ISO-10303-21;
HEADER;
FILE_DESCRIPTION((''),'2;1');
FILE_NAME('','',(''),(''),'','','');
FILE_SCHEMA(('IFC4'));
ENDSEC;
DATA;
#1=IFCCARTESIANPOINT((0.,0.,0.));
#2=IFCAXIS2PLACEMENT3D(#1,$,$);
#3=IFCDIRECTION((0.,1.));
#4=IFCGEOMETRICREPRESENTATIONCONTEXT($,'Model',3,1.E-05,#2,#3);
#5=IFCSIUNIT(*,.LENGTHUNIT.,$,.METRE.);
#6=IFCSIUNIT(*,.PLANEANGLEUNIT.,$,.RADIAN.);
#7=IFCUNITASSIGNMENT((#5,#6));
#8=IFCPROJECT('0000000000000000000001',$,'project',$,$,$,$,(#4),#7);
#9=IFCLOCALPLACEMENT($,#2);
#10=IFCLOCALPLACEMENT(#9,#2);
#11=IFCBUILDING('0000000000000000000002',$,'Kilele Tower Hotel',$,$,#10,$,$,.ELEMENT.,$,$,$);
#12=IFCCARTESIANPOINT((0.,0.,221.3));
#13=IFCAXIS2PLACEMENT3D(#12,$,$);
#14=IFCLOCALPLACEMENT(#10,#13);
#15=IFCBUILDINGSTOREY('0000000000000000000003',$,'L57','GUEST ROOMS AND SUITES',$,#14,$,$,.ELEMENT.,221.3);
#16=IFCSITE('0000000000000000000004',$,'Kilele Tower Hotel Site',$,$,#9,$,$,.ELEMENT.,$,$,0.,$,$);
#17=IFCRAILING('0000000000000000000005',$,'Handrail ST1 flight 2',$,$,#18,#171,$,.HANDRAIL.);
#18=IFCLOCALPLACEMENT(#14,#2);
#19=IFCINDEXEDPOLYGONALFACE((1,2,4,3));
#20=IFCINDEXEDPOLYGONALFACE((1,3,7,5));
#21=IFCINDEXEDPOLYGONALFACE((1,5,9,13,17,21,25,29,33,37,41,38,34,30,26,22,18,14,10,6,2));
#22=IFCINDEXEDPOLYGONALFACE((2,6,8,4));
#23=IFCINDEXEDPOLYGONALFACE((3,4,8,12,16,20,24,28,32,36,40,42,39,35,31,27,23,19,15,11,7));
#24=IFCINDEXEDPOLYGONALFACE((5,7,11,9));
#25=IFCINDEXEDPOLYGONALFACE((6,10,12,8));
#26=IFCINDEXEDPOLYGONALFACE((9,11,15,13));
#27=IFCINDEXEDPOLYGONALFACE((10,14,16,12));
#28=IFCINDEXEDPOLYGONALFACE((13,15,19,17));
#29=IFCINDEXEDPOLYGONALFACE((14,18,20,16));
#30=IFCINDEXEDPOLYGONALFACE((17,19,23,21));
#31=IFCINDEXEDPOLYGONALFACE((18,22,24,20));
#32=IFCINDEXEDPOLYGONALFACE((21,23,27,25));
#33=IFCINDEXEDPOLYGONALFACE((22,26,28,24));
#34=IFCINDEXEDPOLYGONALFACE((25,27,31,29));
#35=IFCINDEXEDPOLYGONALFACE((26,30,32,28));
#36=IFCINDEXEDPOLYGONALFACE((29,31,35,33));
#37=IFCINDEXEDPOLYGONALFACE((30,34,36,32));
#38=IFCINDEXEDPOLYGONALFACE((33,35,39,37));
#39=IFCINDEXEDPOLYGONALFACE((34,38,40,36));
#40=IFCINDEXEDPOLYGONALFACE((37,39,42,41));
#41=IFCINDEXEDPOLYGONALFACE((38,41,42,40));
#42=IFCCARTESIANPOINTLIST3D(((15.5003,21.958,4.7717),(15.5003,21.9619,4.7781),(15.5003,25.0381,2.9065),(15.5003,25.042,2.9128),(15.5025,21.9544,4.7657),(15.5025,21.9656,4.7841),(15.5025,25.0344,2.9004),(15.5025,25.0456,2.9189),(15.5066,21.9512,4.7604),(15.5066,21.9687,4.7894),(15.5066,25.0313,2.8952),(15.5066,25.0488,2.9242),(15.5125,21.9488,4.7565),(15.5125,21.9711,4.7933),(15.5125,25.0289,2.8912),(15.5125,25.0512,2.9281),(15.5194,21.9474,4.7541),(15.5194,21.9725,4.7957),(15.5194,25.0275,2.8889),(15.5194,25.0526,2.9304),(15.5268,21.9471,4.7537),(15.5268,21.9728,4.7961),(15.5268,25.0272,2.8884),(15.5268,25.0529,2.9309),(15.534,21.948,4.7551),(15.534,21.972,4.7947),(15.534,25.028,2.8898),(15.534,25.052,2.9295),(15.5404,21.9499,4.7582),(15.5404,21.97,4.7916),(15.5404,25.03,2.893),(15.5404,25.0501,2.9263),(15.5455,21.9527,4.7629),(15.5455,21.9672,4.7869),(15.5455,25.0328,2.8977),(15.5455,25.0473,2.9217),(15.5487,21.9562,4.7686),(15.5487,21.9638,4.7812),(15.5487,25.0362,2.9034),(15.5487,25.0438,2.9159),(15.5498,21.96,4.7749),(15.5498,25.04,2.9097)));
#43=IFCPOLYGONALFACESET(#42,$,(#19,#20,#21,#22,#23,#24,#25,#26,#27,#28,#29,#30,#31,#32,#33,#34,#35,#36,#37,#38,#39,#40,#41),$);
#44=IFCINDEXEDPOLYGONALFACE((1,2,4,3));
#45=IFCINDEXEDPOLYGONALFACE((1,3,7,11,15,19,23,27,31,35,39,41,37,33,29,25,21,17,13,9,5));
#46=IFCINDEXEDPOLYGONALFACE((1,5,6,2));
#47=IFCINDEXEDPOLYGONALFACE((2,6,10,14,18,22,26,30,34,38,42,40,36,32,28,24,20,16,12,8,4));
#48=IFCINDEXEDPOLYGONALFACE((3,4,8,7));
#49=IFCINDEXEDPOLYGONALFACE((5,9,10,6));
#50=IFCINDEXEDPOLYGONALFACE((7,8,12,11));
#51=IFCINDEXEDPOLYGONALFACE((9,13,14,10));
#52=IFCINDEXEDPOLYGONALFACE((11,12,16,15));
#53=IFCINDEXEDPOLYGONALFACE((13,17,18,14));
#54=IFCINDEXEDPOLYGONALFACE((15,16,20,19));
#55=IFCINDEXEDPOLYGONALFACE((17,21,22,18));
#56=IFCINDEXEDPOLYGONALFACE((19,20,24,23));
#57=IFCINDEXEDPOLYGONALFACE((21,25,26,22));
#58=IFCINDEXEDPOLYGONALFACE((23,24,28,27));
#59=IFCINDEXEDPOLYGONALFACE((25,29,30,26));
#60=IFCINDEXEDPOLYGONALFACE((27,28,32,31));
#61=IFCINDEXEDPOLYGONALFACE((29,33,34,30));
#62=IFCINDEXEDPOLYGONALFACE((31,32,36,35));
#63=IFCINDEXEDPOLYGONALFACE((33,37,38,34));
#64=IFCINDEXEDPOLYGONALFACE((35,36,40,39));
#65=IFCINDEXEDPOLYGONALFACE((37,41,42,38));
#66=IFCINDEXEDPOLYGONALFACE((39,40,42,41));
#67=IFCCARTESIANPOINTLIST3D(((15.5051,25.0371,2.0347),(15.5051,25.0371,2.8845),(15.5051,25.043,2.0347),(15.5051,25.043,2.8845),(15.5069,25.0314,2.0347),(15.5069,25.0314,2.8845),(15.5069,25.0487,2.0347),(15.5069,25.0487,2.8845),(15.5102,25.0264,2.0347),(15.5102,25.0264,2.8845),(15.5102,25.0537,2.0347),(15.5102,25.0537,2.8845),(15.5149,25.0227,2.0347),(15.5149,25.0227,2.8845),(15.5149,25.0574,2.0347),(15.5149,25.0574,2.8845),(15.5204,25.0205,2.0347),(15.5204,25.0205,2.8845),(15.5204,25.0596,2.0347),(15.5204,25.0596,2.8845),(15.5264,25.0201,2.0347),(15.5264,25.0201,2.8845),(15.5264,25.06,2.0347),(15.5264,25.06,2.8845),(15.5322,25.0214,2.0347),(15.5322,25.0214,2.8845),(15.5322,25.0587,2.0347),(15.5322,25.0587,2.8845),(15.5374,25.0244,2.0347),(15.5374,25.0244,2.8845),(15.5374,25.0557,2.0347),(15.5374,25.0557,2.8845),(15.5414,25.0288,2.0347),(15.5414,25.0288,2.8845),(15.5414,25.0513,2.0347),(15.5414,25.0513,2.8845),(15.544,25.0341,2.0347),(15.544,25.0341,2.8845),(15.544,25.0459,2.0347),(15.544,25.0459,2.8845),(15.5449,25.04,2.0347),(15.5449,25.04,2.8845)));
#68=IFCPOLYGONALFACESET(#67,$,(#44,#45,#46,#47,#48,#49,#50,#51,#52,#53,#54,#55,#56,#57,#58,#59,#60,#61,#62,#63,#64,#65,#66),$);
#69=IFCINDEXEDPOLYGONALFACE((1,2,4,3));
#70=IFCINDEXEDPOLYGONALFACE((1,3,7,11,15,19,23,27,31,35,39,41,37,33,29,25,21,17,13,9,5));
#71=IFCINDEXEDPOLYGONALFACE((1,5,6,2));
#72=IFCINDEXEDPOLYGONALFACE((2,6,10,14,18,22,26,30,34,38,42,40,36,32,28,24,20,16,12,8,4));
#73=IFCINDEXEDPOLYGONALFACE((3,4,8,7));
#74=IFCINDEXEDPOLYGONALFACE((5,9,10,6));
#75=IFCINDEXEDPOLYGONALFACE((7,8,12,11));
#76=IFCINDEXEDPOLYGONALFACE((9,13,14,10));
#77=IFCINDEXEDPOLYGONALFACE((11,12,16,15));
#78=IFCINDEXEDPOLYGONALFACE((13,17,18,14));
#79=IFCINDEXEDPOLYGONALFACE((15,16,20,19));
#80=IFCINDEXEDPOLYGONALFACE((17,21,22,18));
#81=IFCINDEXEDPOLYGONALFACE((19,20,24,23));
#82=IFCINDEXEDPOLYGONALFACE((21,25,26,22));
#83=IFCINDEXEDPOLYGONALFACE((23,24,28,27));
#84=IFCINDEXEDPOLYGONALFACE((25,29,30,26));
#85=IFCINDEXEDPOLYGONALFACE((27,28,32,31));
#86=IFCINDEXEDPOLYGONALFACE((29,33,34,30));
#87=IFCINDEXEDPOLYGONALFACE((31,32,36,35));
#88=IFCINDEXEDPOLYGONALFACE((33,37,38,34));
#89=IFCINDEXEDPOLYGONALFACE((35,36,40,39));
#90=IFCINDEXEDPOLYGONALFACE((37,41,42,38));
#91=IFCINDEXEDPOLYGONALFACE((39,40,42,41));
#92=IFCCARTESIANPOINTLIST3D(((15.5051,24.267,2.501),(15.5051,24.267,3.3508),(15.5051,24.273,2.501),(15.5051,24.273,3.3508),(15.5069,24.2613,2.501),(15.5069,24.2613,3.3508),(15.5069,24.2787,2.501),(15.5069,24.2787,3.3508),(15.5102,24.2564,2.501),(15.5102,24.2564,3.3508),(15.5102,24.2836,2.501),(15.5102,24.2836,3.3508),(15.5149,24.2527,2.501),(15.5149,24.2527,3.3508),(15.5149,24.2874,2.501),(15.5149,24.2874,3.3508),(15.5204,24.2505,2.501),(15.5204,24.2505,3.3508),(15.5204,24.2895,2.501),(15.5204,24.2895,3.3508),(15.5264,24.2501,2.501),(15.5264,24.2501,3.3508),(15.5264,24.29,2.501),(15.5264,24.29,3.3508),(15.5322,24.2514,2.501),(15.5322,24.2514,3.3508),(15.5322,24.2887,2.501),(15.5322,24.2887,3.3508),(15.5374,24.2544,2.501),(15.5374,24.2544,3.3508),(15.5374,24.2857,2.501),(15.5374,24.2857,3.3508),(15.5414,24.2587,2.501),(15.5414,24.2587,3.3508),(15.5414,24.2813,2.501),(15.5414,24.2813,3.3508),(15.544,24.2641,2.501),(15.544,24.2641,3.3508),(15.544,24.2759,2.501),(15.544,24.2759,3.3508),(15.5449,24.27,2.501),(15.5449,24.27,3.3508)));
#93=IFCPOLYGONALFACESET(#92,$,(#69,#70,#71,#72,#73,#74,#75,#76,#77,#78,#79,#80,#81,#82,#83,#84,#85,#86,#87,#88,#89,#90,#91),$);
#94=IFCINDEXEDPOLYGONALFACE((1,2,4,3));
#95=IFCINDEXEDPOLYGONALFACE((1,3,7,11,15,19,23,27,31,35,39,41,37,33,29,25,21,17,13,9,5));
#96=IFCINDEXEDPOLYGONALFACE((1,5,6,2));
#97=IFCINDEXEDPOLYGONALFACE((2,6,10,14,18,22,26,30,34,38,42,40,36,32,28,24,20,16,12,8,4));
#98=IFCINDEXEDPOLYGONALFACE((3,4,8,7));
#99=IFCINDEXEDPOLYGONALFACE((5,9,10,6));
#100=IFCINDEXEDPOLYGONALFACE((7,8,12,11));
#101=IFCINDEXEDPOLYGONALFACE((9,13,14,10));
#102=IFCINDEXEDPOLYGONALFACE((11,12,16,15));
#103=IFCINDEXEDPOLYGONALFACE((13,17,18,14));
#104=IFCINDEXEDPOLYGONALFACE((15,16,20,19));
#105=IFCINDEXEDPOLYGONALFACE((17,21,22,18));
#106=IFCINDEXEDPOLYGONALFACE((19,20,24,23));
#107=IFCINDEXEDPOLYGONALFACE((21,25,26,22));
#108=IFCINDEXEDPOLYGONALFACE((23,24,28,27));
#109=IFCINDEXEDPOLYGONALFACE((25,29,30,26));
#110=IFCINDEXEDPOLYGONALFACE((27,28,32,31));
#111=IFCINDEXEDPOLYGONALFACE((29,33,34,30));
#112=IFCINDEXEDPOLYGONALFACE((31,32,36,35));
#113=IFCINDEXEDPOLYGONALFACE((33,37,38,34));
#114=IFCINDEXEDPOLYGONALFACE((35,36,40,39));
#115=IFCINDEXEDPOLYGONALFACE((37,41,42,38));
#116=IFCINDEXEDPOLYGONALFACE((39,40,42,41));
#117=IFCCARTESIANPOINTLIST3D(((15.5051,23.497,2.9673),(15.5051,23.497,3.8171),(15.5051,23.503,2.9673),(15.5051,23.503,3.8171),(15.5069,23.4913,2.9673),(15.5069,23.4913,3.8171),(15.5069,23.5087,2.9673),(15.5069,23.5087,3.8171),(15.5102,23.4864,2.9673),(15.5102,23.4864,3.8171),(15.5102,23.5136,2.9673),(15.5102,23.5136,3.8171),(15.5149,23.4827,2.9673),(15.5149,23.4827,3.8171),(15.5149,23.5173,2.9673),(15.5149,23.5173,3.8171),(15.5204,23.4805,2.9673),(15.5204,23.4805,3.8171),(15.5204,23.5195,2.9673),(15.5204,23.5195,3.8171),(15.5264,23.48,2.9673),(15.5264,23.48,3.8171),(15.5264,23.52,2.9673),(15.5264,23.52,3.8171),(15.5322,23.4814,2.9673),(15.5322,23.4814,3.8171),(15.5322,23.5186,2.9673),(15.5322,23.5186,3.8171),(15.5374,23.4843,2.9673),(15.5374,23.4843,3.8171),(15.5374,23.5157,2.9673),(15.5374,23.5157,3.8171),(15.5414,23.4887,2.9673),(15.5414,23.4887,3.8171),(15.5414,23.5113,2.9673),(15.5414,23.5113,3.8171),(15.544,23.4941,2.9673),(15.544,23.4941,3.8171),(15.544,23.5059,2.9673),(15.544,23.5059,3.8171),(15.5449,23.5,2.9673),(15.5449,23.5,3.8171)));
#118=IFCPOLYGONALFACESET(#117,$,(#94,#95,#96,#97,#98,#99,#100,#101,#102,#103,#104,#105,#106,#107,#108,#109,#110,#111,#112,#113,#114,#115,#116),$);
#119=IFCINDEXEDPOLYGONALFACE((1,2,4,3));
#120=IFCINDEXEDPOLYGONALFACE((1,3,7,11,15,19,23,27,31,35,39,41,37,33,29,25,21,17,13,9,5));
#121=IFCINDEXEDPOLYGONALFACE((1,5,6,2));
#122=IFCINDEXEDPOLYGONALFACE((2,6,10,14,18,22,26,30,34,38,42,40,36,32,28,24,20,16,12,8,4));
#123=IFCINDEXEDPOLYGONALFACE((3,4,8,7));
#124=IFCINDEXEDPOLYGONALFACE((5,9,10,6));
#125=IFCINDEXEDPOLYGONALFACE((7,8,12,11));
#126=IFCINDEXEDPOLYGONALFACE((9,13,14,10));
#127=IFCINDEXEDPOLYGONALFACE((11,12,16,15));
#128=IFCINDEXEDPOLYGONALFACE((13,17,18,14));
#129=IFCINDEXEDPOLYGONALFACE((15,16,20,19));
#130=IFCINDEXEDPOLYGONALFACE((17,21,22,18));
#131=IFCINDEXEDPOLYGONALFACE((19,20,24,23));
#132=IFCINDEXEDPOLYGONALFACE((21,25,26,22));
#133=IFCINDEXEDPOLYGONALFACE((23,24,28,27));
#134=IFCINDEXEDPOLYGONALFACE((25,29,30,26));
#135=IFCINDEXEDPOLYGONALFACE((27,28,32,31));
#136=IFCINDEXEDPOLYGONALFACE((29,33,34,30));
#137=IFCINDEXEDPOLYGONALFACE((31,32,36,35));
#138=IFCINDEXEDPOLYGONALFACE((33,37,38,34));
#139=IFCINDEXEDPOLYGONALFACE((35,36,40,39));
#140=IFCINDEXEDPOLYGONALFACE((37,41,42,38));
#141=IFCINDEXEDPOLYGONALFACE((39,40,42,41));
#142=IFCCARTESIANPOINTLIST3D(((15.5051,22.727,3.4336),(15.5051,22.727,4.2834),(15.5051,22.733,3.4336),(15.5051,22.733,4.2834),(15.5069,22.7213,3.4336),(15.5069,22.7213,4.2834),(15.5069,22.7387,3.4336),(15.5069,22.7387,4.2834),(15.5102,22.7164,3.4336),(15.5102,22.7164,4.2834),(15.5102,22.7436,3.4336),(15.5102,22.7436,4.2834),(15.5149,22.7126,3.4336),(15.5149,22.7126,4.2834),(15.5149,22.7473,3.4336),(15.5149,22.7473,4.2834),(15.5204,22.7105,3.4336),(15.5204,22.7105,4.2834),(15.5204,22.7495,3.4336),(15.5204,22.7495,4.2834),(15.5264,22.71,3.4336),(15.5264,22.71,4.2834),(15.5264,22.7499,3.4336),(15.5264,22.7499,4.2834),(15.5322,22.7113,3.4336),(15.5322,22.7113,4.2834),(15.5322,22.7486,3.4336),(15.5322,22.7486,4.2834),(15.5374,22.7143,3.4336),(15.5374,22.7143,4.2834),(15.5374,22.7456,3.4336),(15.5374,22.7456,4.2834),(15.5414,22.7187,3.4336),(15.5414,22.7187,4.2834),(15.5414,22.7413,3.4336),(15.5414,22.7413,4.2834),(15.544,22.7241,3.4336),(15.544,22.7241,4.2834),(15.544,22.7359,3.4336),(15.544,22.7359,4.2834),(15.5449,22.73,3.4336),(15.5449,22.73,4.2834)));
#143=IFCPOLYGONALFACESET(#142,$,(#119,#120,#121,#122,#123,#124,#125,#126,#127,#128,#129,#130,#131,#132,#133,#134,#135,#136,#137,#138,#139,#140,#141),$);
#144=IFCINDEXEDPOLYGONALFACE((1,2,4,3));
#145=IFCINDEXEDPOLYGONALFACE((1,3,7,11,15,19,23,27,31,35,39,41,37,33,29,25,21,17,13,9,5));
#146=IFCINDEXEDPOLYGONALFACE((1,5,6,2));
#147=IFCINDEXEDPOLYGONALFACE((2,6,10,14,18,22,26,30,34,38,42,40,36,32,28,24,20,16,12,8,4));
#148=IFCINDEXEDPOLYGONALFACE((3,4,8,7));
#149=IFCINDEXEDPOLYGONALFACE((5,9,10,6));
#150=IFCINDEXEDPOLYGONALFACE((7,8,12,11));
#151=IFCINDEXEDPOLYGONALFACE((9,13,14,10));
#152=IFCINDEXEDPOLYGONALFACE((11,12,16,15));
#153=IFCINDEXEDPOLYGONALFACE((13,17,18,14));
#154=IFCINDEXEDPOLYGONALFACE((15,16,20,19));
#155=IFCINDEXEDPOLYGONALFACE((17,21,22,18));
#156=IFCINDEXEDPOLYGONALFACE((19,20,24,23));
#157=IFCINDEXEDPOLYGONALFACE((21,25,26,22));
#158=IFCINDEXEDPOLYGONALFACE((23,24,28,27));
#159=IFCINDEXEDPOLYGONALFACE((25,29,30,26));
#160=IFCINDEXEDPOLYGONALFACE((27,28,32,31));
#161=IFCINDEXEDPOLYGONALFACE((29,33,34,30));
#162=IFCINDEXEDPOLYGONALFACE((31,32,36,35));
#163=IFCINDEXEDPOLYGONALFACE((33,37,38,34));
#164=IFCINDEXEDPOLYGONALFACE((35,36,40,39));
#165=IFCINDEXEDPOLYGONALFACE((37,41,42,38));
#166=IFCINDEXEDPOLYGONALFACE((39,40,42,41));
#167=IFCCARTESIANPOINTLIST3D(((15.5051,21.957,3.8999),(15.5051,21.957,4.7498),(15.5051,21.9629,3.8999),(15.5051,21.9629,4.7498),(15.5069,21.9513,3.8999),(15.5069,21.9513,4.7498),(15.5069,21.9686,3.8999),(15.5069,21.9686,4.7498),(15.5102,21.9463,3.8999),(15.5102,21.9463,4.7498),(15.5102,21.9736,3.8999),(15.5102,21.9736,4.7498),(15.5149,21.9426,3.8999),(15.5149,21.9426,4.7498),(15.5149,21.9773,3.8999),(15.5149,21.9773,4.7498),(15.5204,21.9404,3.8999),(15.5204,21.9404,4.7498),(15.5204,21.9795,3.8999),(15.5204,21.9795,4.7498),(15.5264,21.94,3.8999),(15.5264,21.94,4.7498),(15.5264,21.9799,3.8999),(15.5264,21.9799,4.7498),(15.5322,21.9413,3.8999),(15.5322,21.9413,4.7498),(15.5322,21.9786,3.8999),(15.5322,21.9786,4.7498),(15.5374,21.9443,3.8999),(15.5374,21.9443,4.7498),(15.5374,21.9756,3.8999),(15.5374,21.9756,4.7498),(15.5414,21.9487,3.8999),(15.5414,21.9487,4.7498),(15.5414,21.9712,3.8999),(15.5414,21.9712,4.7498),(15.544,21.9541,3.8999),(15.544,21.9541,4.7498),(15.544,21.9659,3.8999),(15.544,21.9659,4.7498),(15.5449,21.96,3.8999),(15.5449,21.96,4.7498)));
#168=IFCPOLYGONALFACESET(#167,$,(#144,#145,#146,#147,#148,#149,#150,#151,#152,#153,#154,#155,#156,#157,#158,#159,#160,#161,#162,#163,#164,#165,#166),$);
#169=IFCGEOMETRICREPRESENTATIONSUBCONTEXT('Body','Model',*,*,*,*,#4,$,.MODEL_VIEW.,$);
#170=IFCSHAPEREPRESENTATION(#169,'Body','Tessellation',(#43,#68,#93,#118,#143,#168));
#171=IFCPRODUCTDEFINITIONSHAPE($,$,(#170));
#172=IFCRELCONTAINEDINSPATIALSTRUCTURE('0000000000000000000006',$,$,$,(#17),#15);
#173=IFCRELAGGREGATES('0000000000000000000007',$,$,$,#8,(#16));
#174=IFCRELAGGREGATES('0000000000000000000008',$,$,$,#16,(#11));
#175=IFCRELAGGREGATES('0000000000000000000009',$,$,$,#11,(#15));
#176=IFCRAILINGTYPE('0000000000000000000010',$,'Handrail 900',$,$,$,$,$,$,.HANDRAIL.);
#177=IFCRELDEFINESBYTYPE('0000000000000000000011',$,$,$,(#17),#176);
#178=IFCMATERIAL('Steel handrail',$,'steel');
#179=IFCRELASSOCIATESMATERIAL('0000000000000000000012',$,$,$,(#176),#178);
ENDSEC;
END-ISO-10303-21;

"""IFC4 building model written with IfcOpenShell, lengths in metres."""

from ifc_helpers import new_model, si_unit, direction, frame, origin, origin_2d, place, context, subcontext, project, spatial, circle, extrude, material, type_object, element, save


model = new_model("IFC4")

# Units and contexts
model_context = context("Model", 3, precision=1e-05, world=origin(), true_north=direction((0.0, 1.0)))
body_context = subcontext(model_context, "Body", "Model", "MODEL_VIEW")
ifc_project = project(units=[si_unit("LENGTHUNIT", "METRE"), si_unit("PLANEANGLEUNIT", "RADIAN")], contexts=[model_context])

# Site, building, storey
site_placement = place(None, origin())
site = spatial("IfcSite", under=ifc_project, at=site_placement, Name="Kilele Tower Hotel Site", CompositionType="ELEMENT", RefElevation=0.0)
building_placement = place(site_placement, origin())
building = spatial("IfcBuilding", under=site, at=building_placement, Name="Kilele Tower Hotel", CompositionType="ELEMENT")
storey_placement = place(building_placement, frame((0.0, 0.0, 221.3)))
storey = spatial("IfcBuildingStorey", under=building, at=storey_placement, Name="L57", Description="GUEST ROOMS AND SUITES", CompositionType="ELEMENT", Elevation=221.3)

# Railing
ifc_material_1 = material(Name="Steel handrail", Category="steel")
railing_type_1 = type_object("IfcRailingType", Name="Handrail 900", PredefinedType="HANDRAIL", material=ifc_material_1)
for number, where, name in (
    (1, (15.5249, 25.04, 2.0347), "Handrail ST1 flight 2"),
):
    element("IfcRailing", number, at=place(storey_placement, frame(where)), inside=storey, type_object=railing_type_1, Name=name, PredefinedType="HANDRAIL", context=body_context, shape_type="SweptSolid", body=[
        extrude(circle(Radius=0.0249, at=origin_2d()), frame((0.0, 0.0, 0.875), z_axis=(0.0, -0.85538, 0.518001), x_axis=(1.0, 0.0, 0.0)), (0.0, 0.0, 1.0), 3.6008),
        extrude(circle(Radius=0.02, at=origin_2d()), origin(), (0.0, 0.0, 1.0), 0.8499),
        extrude(circle(Radius=0.02, at=origin_2d()), frame((0.0, -0.77, 0.4663)), (0.0, 0.0, 1.0), 0.8499),
        extrude(circle(Radius=0.02, at=origin_2d()), frame((0.0, -1.54, 0.9326)), (0.0, 0.0, 1.0), 0.8499),
        extrude(circle(Radius=0.02, at=origin_2d()), frame((0.0, -2.3101, 1.3989)), (0.0, 0.0, 1.0), 0.8499),
        extrude(circle(Radius=0.02, at=origin_2d()), frame((0.0, -3.0801, 1.8652)), (0.0, 0.0, 1.0), 0.8499),
    ])

save(model, "model.ifc")
